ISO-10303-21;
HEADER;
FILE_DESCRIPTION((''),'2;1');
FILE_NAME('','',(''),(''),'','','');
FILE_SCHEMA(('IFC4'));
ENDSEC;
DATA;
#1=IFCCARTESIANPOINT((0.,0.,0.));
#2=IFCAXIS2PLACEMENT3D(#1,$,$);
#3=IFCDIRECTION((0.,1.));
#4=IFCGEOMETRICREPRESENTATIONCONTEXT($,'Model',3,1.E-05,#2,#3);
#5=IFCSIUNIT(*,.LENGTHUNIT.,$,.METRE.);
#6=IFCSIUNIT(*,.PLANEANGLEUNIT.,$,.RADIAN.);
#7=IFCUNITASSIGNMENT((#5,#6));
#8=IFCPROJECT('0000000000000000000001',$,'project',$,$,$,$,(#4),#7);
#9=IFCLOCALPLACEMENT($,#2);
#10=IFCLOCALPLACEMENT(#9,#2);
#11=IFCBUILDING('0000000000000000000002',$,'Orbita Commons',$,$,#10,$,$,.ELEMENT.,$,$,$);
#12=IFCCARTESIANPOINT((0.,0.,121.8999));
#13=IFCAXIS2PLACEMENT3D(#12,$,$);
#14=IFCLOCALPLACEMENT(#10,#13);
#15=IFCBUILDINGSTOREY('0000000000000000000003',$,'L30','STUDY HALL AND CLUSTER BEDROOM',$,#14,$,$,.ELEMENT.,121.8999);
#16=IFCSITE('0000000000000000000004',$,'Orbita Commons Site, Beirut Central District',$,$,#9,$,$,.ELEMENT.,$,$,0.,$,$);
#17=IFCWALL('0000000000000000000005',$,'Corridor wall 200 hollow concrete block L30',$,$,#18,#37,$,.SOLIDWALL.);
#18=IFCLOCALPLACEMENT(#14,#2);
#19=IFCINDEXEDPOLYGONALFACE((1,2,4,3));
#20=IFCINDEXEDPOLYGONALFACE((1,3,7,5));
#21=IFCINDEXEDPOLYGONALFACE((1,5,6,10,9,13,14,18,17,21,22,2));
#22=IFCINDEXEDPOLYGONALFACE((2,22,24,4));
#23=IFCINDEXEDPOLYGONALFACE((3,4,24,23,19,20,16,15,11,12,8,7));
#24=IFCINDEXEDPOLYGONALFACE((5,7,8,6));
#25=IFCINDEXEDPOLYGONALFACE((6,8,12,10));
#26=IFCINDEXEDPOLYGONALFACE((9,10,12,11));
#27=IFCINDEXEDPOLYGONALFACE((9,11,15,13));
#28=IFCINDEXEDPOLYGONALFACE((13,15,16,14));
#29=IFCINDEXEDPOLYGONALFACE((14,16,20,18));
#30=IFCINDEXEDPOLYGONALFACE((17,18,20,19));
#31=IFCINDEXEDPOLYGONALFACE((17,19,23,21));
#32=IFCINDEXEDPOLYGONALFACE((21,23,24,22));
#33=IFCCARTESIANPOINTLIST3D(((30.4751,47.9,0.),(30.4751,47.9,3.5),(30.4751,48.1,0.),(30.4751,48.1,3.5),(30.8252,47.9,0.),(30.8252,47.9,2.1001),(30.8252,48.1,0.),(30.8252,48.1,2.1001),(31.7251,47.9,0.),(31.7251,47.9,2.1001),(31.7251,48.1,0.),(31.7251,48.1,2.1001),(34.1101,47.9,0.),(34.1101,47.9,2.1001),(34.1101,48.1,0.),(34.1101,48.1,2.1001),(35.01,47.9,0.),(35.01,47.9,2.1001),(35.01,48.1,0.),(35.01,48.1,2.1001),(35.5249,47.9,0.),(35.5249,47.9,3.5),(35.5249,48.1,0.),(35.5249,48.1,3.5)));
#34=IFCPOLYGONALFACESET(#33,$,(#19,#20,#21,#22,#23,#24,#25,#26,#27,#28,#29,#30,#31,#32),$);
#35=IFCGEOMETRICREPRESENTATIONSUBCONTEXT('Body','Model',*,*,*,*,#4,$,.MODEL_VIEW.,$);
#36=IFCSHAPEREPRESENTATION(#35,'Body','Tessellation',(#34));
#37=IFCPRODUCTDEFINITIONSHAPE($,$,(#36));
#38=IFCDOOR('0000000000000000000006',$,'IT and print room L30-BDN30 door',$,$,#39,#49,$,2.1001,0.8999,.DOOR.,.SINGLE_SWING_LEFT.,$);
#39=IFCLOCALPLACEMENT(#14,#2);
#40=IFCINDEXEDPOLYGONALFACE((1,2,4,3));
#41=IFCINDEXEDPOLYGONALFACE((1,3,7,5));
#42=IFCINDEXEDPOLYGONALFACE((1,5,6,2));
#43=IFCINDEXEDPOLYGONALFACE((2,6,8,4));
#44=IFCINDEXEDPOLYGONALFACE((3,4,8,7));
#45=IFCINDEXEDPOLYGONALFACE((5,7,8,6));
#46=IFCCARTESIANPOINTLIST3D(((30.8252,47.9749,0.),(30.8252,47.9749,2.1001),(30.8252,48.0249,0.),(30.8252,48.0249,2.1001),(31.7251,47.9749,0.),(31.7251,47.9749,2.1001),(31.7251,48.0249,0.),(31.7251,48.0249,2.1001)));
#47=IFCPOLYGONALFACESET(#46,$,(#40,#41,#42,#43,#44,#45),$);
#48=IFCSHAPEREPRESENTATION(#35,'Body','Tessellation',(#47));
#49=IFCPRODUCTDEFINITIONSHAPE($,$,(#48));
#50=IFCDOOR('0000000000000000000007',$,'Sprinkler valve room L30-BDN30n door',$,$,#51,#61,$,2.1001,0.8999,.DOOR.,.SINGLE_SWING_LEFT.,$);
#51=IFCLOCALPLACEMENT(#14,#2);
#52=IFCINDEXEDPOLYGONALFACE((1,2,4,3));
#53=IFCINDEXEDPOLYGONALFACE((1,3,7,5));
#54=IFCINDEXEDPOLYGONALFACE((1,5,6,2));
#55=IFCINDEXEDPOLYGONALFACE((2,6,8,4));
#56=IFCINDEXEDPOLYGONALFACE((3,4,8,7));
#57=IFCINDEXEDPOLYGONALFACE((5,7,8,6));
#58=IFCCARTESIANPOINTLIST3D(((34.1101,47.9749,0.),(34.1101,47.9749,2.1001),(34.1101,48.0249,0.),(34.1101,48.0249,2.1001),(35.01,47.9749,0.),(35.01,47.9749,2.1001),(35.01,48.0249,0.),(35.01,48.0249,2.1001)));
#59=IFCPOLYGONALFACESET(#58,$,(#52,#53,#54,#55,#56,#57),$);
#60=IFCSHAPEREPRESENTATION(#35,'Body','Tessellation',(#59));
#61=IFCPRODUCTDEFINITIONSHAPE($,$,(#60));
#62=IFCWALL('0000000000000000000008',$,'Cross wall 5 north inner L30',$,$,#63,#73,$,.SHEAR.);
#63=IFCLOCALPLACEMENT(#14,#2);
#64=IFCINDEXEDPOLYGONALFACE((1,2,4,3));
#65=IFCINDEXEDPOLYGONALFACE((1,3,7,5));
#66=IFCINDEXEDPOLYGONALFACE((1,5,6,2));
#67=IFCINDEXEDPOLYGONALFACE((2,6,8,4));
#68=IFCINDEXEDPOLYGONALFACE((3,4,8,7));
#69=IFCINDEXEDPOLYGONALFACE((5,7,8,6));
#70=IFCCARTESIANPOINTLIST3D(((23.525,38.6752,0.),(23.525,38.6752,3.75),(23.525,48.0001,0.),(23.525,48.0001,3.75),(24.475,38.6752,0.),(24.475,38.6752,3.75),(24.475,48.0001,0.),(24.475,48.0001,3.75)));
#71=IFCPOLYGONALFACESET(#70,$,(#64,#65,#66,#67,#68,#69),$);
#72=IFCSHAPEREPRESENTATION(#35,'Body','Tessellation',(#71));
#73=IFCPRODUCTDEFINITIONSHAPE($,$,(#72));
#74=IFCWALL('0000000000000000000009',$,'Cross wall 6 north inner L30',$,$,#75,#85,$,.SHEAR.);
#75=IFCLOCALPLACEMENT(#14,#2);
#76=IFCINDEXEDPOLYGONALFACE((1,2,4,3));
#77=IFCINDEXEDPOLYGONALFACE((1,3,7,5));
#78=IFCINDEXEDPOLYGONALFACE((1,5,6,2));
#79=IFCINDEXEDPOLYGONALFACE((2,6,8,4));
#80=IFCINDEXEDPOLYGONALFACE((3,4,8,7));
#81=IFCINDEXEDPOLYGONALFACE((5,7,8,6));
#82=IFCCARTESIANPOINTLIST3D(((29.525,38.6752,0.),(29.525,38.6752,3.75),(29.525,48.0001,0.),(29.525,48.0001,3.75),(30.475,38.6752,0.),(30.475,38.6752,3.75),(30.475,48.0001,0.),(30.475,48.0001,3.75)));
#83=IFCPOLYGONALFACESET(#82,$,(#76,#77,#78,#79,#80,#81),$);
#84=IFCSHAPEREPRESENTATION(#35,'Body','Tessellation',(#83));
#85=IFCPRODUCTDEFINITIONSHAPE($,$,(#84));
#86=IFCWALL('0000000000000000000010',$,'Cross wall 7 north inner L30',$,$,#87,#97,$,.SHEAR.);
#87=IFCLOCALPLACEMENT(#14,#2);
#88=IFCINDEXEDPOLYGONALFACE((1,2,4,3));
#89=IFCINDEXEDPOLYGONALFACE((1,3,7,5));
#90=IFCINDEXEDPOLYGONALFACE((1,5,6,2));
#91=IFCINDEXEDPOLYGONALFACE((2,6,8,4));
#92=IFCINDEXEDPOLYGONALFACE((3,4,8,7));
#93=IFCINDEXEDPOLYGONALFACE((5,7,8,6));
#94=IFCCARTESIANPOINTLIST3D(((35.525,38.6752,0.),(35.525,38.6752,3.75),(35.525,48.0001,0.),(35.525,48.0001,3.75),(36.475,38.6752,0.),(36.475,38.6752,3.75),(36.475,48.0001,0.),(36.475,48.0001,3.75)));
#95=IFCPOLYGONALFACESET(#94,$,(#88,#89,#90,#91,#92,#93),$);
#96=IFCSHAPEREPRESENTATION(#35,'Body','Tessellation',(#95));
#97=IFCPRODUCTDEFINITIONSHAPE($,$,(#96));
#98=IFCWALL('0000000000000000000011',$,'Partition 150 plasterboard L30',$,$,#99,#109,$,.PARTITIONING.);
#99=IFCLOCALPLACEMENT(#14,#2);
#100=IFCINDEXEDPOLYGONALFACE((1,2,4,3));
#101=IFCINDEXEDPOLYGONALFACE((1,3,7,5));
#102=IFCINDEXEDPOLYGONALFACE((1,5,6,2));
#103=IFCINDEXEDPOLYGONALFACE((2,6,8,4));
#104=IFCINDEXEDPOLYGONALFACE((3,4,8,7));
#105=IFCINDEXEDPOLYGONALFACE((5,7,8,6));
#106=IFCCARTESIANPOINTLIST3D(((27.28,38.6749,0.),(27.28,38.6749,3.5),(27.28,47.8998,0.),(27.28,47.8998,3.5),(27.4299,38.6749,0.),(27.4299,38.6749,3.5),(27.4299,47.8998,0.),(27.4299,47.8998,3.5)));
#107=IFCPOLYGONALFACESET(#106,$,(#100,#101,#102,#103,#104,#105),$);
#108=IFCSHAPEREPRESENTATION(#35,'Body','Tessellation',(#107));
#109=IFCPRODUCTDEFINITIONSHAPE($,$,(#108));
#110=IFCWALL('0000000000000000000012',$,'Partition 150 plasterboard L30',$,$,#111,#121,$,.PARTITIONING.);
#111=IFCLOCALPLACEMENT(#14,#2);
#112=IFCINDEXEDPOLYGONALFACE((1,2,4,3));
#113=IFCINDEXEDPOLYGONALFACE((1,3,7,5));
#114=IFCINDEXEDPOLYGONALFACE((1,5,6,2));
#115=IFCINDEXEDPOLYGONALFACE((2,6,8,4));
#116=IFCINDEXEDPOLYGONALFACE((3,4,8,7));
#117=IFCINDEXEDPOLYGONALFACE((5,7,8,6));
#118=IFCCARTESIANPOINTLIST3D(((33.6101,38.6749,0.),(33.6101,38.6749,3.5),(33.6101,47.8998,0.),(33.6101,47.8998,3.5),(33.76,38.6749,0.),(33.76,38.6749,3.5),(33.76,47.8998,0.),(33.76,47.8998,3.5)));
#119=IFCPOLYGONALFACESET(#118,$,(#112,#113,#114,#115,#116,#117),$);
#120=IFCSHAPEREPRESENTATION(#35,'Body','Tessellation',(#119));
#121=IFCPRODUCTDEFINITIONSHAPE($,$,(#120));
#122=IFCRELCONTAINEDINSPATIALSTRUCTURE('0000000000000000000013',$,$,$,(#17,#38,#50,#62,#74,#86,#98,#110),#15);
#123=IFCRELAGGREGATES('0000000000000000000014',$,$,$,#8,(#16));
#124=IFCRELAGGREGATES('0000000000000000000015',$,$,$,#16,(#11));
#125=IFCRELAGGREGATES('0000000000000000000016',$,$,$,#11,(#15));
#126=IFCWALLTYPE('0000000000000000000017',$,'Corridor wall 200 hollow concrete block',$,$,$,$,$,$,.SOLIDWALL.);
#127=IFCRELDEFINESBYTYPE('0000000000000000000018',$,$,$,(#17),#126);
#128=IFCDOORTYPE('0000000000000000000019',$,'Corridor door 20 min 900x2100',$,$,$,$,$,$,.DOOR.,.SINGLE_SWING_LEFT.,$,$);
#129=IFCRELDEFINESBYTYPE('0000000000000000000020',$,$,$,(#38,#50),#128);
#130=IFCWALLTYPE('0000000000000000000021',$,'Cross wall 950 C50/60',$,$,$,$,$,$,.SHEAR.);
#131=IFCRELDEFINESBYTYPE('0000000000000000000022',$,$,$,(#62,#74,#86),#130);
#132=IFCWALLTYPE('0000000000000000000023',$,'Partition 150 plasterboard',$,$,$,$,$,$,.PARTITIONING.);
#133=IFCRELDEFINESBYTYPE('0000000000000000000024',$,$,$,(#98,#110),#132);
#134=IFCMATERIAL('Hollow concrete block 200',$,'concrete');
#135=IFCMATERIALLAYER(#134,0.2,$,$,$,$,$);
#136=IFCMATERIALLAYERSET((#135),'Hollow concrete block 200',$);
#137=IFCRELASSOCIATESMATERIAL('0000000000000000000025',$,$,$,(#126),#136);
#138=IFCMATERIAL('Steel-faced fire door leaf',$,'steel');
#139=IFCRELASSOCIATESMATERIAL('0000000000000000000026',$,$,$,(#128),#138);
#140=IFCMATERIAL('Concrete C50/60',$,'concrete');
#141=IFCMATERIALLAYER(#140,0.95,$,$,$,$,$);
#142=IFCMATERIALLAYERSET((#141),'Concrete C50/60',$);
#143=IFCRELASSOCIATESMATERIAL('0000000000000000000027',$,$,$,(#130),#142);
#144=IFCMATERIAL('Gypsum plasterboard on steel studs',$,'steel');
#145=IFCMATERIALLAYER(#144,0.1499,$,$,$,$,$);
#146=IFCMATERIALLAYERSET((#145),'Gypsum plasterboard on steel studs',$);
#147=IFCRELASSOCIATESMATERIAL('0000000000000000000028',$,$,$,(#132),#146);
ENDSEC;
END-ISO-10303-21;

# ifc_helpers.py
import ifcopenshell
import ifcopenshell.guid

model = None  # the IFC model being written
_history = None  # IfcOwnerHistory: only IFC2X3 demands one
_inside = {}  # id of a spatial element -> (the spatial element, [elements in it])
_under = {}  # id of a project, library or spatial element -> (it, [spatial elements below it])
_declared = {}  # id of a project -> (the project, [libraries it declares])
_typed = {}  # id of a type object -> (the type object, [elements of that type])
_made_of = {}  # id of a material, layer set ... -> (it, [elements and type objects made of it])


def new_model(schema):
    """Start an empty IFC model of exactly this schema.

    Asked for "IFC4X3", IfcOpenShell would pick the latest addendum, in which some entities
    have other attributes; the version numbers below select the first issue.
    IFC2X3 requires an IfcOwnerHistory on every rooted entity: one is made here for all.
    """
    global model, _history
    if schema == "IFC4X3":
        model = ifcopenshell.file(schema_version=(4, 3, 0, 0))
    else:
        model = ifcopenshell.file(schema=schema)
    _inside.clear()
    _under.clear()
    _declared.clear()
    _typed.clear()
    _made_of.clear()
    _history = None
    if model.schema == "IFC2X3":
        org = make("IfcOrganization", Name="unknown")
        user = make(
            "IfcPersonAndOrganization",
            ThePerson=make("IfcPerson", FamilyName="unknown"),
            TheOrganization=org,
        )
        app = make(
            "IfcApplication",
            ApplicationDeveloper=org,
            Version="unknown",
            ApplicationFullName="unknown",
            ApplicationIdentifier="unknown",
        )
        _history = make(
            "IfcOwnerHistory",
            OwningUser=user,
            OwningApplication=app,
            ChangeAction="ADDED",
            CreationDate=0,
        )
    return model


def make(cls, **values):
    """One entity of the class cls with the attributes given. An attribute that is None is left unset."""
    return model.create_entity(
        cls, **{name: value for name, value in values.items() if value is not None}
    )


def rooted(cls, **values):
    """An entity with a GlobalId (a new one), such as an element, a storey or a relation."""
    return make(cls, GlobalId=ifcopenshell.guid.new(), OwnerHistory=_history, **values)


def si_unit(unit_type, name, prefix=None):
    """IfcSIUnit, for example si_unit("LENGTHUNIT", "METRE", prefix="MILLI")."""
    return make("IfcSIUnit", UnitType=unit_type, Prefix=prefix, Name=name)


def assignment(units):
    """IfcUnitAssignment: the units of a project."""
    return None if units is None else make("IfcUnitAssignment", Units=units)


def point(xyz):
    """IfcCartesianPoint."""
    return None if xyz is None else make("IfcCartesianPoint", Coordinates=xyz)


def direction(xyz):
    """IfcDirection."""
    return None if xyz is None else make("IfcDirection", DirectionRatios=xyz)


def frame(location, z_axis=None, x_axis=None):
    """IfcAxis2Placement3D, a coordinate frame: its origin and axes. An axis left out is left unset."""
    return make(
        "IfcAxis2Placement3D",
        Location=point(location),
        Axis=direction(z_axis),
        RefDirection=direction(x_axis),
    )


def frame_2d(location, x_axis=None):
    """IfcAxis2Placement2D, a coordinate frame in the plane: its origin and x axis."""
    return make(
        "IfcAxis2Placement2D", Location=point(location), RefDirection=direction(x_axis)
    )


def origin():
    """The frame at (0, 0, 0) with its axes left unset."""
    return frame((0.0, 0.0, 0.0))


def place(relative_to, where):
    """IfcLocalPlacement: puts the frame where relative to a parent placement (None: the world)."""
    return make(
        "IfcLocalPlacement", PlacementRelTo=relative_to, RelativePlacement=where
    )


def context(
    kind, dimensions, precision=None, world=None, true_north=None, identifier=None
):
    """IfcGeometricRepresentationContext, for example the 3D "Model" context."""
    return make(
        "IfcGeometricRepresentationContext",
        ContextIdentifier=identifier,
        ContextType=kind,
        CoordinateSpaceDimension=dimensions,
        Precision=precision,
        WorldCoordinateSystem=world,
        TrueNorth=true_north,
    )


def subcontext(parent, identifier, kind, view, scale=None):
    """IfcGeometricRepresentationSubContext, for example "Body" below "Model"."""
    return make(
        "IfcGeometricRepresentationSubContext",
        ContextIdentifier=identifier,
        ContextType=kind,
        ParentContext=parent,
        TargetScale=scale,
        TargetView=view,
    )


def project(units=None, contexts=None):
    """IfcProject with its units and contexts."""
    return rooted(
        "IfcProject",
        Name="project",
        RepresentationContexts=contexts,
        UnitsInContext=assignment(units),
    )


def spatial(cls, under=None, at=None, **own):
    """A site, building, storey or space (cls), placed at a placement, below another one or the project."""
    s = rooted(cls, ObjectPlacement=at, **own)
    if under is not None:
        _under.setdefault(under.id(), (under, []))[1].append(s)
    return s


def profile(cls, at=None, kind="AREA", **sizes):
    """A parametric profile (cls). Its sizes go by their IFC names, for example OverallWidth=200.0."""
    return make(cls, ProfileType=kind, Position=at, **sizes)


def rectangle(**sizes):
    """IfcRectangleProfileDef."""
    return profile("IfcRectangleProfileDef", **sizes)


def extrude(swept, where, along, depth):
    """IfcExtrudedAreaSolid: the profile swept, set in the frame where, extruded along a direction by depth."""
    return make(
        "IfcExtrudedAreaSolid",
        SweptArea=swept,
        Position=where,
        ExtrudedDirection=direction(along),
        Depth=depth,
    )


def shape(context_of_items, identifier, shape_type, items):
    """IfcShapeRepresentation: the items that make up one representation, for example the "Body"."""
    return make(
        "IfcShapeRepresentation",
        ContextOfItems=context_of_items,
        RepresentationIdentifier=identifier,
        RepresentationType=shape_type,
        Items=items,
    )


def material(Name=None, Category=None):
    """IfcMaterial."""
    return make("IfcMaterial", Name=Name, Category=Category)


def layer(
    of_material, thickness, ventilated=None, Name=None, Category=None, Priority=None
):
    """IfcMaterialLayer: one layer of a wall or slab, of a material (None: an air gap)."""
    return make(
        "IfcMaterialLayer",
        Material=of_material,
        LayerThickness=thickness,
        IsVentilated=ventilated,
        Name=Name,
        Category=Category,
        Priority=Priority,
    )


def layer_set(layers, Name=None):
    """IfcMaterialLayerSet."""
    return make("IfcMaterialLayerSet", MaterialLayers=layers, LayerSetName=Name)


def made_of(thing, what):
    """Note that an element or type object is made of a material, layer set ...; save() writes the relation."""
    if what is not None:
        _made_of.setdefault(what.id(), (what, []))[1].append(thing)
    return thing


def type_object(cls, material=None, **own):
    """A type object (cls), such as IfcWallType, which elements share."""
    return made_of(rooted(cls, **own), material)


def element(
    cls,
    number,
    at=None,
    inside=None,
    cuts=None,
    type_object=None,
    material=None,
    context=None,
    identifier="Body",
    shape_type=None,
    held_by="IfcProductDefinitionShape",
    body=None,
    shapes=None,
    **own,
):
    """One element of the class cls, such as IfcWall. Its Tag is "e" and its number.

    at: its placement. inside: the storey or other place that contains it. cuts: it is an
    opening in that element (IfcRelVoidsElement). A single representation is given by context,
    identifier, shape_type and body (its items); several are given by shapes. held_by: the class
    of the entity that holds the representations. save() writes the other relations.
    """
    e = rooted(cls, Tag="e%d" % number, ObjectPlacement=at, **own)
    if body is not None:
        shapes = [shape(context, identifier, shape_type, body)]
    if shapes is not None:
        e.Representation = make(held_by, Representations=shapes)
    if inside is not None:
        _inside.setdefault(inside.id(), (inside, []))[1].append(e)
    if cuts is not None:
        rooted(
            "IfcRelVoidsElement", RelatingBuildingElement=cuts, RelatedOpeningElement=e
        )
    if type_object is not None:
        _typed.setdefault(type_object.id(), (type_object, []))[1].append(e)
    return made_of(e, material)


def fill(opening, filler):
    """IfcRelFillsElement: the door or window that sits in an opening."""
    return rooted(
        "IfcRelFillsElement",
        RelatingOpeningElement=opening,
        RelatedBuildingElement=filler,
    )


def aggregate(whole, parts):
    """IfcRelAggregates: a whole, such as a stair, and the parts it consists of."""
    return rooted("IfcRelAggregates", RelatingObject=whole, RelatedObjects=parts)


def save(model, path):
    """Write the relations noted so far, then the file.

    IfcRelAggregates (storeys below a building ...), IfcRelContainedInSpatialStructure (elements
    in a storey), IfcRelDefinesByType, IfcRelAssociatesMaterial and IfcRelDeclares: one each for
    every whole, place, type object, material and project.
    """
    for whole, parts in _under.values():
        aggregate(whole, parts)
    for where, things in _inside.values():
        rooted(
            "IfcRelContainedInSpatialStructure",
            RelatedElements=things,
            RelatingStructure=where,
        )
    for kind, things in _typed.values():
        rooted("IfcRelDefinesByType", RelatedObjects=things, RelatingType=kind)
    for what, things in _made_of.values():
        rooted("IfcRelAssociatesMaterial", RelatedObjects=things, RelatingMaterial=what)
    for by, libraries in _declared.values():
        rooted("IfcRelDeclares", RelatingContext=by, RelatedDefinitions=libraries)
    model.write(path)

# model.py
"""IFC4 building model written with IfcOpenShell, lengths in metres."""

from ifc_helpers import new_model, si_unit, direction, frame, frame_2d, origin, place, context, subcontext, project, spatial, rectangle, extrude, material, layer, layer_set, type_object, element, fill, save


model = new_model("IFC4")

# Units and contexts
model_context = context("Model", 3, precision=1e-05, world=origin(), true_north=direction((0.0, 1.0)))
body_context = subcontext(model_context, "Body", "Model", "MODEL_VIEW")
ifc_project = project(units=[si_unit("LENGTHUNIT", "METRE"), si_unit("PLANEANGLEUNIT", "RADIAN")], contexts=[model_context])

# Site, building, storey
site_placement = place(None, origin())
site = spatial("IfcSite", under=ifc_project, at=site_placement, Name="Orbita Commons Site, Beirut Central District", CompositionType="ELEMENT", RefElevation=0.0)
building_placement = place(site_placement, origin())
building = spatial("IfcBuilding", under=site, at=building_placement, Name="Orbita Commons", CompositionType="ELEMENT")
storey_placement = place(building_placement, frame((0.0, 0.0, 121.8999)))
storey = spatial("IfcBuildingStorey", under=building, at=storey_placement, Name="L30", Description="STUDY HALL AND CLUSTER BEDROOM", CompositionType="ELEMENT", Elevation=121.8999)

# Wall, openings, doors
ifc_material_1 = material(Name="Hollow concrete block 200", Category="concrete")
ifc_layer_1 = layer(ifc_material_1, 0.2)
ifc_layer_set_1 = layer_set([ifc_layer_1], Name="Hollow concrete block 200")
wall_type_1 = type_object("IfcWallType", Name="Corridor wall 200 hollow concrete block", PredefinedType="SOLIDWALL", material=ifc_layer_set_1)
ifc_material_2 = material(Name="Steel-faced fire door leaf", Category="steel")
door_type_1 = type_object("IfcDoorType", Name="Corridor door 20 min 900x2100", OperationType="SINGLE_SWING_LEFT", PredefinedType="DOOR", material=ifc_material_2)
wall_1_placement = place(storey_placement, frame((30.4751, 48.0, 0.0), z_axis=(0.0, 0.0, 1.0), x_axis=(1.0, 0.0, 0.0)))
wall_1 = element("IfcWall", 1, at=wall_1_placement, inside=storey, type_object=wall_type_1, Name="Corridor wall 200 hollow concrete block L30", PredefinedType="SOLIDWALL", context=body_context, shape_type="SweptSolid", body=[
    extrude(rectangle(XDim=5.0498, YDim=0.2, at=frame_2d((2.5249, 0.0))), origin(), (0.0, 0.0, 1.0), 3.5),
])
opening_1_placement = place(wall_1_placement, frame((0.3501, 0.0, 0.0)))
opening_1 = element("IfcOpeningElement", 2, at=opening_1_placement, cuts=wall_1, PredefinedType="OPENING", context=body_context, shape_type="SweptSolid", body=[
    extrude(rectangle(XDim=0.8999, YDim=2.1001, at=frame_2d((0.45, 1.05))), frame((0.0, 0.1099, 0.0), z_axis=(0.0, -1.0, 0.0), x_axis=(1.0, 0.0, 0.0)), (0.0, 0.0, 1.0), 0.22),
])
opening_2_placement = place(wall_1_placement, frame((3.635, 0.0, 0.0)))
opening_2 = element("IfcOpeningElement", 3, at=opening_2_placement, cuts=wall_1, PredefinedType="OPENING", context=body_context, shape_type="SweptSolid", body=[
    extrude(rectangle(XDim=0.8999, YDim=2.1001, at=frame_2d((0.45, 1.05))), frame((0.0, 0.1099, 0.0), z_axis=(0.0, -1.0, 0.0), x_axis=(1.0, 0.0, 0.0)), (0.0, 0.0, 1.0), 0.22),
])
door_1_placement = place(opening_1_placement, origin())
door_1 = element("IfcDoor", 4, at=door_1_placement, inside=storey, type_object=door_type_1, Name="IT and print room L30-BDN30 door", OperationType="SINGLE_SWING_LEFT", OverallHeight=2.1001, OverallWidth=0.8999, PredefinedType="DOOR", context=body_context, shape_type="SweptSolid", body=[
    extrude(rectangle(XDim=0.8999, YDim=2.1001, at=frame_2d((0.45, 1.05))), frame((0.0, 0.0249, 0.0), z_axis=(0.0, -1.0, 0.0), x_axis=(1.0, 0.0, 0.0)), (0.0, 0.0, 1.0), 0.05),
])
fill(opening_1, door_1)
door_2_placement = place(opening_2_placement, origin())
door_2 = element("IfcDoor", 5, at=door_2_placement, inside=storey, type_object=door_type_1, Name="Sprinkler valve room L30-BDN30n door", OperationType="SINGLE_SWING_LEFT", OverallHeight=2.1001, OverallWidth=0.8999, PredefinedType="DOOR", context=body_context, shape_type="SweptSolid", body=[
    extrude(rectangle(XDim=0.8999, YDim=2.1001, at=frame_2d((0.45, 1.05))), frame((0.0, 0.0249, 0.0), z_axis=(0.0, -1.0, 0.0), x_axis=(1.0, 0.0, 0.0)), (0.0, 0.0, 1.0), 0.05),
])
fill(opening_2, door_2)

# Walls
ifc_material_3 = material(Name="Concrete C50/60", Category="concrete")
ifc_layer_2 = layer(ifc_material_3, 0.95)
ifc_layer_set_2 = layer_set([ifc_layer_2], Name="Concrete C50/60")
wall_type_2 = type_object("IfcWallType", Name="Cross wall 950 C50/60", PredefinedType="SHEAR", material=ifc_layer_set_2)
for number, where, z_axis, x_axis, name in (
    (6, (24.0, 38.675, 0.0), (0.0, 0.0, 1.0), (0.0, 1.0, 0.0), "Cross wall 5 north inner L30"),
    (7, (30.0, 38.675, 0.0), (0.0, 0.0, 1.0), (0.0, 1.0, 0.0), "Cross wall 6 north inner L30"),
    (8, (36.0, 38.675, 0.0), (0.0, 0.0, 1.0), (0.0, 1.0, 0.0), "Cross wall 7 north inner L30"),
):
    element("IfcWall", number, at=place(storey_placement, frame(where, z_axis=z_axis, x_axis=x_axis)), inside=storey, type_object=wall_type_2, Name=name, PredefinedType="SHEAR", context=body_context, shape_type="SweptSolid", body=[
        extrude(rectangle(XDim=9.325, YDim=0.95, at=frame_2d((4.6626, 0.0))), origin(), (0.0, 0.0, 1.0), 3.75),
    ])
ifc_material_4 = material(Name="Gypsum plasterboard on steel studs", Category="steel")
ifc_layer_3 = layer(ifc_material_4, 0.1499)
ifc_layer_set_3 = layer_set([ifc_layer_3], Name="Gypsum plasterboard on steel studs")
wall_type_3 = type_object("IfcWallType", Name="Partition 150 plasterboard", PredefinedType="PARTITIONING", material=ifc_layer_set_3)
for number, where, z_axis, x_axis, name in (
    (9, (27.355, 38.675, 0.0), (0.0, 0.0, 1.0), (0.0, 1.0, 0.0), "Partition 150 plasterboard L30"),
    (10, (33.6851, 38.675, 0.0), (0.0, 0.0, 1.0), (0.0, 1.0, 0.0), "Partition 150 plasterboard L30"),
):
    element("IfcWall", number, at=place(storey_placement, frame(where, z_axis=z_axis, x_axis=x_axis)), inside=storey, type_object=wall_type_3, Name=name, PredefinedType="PARTITIONING", context=body_context, shape_type="SweptSolid", body=[
        extrude(rectangle(XDim=9.2249, YDim=0.1499, at=frame_2d((4.6123, 0.0))), origin(), (0.0, 0.0, 1.0), 3.5),
    ])

save(model, "model.ifc")
